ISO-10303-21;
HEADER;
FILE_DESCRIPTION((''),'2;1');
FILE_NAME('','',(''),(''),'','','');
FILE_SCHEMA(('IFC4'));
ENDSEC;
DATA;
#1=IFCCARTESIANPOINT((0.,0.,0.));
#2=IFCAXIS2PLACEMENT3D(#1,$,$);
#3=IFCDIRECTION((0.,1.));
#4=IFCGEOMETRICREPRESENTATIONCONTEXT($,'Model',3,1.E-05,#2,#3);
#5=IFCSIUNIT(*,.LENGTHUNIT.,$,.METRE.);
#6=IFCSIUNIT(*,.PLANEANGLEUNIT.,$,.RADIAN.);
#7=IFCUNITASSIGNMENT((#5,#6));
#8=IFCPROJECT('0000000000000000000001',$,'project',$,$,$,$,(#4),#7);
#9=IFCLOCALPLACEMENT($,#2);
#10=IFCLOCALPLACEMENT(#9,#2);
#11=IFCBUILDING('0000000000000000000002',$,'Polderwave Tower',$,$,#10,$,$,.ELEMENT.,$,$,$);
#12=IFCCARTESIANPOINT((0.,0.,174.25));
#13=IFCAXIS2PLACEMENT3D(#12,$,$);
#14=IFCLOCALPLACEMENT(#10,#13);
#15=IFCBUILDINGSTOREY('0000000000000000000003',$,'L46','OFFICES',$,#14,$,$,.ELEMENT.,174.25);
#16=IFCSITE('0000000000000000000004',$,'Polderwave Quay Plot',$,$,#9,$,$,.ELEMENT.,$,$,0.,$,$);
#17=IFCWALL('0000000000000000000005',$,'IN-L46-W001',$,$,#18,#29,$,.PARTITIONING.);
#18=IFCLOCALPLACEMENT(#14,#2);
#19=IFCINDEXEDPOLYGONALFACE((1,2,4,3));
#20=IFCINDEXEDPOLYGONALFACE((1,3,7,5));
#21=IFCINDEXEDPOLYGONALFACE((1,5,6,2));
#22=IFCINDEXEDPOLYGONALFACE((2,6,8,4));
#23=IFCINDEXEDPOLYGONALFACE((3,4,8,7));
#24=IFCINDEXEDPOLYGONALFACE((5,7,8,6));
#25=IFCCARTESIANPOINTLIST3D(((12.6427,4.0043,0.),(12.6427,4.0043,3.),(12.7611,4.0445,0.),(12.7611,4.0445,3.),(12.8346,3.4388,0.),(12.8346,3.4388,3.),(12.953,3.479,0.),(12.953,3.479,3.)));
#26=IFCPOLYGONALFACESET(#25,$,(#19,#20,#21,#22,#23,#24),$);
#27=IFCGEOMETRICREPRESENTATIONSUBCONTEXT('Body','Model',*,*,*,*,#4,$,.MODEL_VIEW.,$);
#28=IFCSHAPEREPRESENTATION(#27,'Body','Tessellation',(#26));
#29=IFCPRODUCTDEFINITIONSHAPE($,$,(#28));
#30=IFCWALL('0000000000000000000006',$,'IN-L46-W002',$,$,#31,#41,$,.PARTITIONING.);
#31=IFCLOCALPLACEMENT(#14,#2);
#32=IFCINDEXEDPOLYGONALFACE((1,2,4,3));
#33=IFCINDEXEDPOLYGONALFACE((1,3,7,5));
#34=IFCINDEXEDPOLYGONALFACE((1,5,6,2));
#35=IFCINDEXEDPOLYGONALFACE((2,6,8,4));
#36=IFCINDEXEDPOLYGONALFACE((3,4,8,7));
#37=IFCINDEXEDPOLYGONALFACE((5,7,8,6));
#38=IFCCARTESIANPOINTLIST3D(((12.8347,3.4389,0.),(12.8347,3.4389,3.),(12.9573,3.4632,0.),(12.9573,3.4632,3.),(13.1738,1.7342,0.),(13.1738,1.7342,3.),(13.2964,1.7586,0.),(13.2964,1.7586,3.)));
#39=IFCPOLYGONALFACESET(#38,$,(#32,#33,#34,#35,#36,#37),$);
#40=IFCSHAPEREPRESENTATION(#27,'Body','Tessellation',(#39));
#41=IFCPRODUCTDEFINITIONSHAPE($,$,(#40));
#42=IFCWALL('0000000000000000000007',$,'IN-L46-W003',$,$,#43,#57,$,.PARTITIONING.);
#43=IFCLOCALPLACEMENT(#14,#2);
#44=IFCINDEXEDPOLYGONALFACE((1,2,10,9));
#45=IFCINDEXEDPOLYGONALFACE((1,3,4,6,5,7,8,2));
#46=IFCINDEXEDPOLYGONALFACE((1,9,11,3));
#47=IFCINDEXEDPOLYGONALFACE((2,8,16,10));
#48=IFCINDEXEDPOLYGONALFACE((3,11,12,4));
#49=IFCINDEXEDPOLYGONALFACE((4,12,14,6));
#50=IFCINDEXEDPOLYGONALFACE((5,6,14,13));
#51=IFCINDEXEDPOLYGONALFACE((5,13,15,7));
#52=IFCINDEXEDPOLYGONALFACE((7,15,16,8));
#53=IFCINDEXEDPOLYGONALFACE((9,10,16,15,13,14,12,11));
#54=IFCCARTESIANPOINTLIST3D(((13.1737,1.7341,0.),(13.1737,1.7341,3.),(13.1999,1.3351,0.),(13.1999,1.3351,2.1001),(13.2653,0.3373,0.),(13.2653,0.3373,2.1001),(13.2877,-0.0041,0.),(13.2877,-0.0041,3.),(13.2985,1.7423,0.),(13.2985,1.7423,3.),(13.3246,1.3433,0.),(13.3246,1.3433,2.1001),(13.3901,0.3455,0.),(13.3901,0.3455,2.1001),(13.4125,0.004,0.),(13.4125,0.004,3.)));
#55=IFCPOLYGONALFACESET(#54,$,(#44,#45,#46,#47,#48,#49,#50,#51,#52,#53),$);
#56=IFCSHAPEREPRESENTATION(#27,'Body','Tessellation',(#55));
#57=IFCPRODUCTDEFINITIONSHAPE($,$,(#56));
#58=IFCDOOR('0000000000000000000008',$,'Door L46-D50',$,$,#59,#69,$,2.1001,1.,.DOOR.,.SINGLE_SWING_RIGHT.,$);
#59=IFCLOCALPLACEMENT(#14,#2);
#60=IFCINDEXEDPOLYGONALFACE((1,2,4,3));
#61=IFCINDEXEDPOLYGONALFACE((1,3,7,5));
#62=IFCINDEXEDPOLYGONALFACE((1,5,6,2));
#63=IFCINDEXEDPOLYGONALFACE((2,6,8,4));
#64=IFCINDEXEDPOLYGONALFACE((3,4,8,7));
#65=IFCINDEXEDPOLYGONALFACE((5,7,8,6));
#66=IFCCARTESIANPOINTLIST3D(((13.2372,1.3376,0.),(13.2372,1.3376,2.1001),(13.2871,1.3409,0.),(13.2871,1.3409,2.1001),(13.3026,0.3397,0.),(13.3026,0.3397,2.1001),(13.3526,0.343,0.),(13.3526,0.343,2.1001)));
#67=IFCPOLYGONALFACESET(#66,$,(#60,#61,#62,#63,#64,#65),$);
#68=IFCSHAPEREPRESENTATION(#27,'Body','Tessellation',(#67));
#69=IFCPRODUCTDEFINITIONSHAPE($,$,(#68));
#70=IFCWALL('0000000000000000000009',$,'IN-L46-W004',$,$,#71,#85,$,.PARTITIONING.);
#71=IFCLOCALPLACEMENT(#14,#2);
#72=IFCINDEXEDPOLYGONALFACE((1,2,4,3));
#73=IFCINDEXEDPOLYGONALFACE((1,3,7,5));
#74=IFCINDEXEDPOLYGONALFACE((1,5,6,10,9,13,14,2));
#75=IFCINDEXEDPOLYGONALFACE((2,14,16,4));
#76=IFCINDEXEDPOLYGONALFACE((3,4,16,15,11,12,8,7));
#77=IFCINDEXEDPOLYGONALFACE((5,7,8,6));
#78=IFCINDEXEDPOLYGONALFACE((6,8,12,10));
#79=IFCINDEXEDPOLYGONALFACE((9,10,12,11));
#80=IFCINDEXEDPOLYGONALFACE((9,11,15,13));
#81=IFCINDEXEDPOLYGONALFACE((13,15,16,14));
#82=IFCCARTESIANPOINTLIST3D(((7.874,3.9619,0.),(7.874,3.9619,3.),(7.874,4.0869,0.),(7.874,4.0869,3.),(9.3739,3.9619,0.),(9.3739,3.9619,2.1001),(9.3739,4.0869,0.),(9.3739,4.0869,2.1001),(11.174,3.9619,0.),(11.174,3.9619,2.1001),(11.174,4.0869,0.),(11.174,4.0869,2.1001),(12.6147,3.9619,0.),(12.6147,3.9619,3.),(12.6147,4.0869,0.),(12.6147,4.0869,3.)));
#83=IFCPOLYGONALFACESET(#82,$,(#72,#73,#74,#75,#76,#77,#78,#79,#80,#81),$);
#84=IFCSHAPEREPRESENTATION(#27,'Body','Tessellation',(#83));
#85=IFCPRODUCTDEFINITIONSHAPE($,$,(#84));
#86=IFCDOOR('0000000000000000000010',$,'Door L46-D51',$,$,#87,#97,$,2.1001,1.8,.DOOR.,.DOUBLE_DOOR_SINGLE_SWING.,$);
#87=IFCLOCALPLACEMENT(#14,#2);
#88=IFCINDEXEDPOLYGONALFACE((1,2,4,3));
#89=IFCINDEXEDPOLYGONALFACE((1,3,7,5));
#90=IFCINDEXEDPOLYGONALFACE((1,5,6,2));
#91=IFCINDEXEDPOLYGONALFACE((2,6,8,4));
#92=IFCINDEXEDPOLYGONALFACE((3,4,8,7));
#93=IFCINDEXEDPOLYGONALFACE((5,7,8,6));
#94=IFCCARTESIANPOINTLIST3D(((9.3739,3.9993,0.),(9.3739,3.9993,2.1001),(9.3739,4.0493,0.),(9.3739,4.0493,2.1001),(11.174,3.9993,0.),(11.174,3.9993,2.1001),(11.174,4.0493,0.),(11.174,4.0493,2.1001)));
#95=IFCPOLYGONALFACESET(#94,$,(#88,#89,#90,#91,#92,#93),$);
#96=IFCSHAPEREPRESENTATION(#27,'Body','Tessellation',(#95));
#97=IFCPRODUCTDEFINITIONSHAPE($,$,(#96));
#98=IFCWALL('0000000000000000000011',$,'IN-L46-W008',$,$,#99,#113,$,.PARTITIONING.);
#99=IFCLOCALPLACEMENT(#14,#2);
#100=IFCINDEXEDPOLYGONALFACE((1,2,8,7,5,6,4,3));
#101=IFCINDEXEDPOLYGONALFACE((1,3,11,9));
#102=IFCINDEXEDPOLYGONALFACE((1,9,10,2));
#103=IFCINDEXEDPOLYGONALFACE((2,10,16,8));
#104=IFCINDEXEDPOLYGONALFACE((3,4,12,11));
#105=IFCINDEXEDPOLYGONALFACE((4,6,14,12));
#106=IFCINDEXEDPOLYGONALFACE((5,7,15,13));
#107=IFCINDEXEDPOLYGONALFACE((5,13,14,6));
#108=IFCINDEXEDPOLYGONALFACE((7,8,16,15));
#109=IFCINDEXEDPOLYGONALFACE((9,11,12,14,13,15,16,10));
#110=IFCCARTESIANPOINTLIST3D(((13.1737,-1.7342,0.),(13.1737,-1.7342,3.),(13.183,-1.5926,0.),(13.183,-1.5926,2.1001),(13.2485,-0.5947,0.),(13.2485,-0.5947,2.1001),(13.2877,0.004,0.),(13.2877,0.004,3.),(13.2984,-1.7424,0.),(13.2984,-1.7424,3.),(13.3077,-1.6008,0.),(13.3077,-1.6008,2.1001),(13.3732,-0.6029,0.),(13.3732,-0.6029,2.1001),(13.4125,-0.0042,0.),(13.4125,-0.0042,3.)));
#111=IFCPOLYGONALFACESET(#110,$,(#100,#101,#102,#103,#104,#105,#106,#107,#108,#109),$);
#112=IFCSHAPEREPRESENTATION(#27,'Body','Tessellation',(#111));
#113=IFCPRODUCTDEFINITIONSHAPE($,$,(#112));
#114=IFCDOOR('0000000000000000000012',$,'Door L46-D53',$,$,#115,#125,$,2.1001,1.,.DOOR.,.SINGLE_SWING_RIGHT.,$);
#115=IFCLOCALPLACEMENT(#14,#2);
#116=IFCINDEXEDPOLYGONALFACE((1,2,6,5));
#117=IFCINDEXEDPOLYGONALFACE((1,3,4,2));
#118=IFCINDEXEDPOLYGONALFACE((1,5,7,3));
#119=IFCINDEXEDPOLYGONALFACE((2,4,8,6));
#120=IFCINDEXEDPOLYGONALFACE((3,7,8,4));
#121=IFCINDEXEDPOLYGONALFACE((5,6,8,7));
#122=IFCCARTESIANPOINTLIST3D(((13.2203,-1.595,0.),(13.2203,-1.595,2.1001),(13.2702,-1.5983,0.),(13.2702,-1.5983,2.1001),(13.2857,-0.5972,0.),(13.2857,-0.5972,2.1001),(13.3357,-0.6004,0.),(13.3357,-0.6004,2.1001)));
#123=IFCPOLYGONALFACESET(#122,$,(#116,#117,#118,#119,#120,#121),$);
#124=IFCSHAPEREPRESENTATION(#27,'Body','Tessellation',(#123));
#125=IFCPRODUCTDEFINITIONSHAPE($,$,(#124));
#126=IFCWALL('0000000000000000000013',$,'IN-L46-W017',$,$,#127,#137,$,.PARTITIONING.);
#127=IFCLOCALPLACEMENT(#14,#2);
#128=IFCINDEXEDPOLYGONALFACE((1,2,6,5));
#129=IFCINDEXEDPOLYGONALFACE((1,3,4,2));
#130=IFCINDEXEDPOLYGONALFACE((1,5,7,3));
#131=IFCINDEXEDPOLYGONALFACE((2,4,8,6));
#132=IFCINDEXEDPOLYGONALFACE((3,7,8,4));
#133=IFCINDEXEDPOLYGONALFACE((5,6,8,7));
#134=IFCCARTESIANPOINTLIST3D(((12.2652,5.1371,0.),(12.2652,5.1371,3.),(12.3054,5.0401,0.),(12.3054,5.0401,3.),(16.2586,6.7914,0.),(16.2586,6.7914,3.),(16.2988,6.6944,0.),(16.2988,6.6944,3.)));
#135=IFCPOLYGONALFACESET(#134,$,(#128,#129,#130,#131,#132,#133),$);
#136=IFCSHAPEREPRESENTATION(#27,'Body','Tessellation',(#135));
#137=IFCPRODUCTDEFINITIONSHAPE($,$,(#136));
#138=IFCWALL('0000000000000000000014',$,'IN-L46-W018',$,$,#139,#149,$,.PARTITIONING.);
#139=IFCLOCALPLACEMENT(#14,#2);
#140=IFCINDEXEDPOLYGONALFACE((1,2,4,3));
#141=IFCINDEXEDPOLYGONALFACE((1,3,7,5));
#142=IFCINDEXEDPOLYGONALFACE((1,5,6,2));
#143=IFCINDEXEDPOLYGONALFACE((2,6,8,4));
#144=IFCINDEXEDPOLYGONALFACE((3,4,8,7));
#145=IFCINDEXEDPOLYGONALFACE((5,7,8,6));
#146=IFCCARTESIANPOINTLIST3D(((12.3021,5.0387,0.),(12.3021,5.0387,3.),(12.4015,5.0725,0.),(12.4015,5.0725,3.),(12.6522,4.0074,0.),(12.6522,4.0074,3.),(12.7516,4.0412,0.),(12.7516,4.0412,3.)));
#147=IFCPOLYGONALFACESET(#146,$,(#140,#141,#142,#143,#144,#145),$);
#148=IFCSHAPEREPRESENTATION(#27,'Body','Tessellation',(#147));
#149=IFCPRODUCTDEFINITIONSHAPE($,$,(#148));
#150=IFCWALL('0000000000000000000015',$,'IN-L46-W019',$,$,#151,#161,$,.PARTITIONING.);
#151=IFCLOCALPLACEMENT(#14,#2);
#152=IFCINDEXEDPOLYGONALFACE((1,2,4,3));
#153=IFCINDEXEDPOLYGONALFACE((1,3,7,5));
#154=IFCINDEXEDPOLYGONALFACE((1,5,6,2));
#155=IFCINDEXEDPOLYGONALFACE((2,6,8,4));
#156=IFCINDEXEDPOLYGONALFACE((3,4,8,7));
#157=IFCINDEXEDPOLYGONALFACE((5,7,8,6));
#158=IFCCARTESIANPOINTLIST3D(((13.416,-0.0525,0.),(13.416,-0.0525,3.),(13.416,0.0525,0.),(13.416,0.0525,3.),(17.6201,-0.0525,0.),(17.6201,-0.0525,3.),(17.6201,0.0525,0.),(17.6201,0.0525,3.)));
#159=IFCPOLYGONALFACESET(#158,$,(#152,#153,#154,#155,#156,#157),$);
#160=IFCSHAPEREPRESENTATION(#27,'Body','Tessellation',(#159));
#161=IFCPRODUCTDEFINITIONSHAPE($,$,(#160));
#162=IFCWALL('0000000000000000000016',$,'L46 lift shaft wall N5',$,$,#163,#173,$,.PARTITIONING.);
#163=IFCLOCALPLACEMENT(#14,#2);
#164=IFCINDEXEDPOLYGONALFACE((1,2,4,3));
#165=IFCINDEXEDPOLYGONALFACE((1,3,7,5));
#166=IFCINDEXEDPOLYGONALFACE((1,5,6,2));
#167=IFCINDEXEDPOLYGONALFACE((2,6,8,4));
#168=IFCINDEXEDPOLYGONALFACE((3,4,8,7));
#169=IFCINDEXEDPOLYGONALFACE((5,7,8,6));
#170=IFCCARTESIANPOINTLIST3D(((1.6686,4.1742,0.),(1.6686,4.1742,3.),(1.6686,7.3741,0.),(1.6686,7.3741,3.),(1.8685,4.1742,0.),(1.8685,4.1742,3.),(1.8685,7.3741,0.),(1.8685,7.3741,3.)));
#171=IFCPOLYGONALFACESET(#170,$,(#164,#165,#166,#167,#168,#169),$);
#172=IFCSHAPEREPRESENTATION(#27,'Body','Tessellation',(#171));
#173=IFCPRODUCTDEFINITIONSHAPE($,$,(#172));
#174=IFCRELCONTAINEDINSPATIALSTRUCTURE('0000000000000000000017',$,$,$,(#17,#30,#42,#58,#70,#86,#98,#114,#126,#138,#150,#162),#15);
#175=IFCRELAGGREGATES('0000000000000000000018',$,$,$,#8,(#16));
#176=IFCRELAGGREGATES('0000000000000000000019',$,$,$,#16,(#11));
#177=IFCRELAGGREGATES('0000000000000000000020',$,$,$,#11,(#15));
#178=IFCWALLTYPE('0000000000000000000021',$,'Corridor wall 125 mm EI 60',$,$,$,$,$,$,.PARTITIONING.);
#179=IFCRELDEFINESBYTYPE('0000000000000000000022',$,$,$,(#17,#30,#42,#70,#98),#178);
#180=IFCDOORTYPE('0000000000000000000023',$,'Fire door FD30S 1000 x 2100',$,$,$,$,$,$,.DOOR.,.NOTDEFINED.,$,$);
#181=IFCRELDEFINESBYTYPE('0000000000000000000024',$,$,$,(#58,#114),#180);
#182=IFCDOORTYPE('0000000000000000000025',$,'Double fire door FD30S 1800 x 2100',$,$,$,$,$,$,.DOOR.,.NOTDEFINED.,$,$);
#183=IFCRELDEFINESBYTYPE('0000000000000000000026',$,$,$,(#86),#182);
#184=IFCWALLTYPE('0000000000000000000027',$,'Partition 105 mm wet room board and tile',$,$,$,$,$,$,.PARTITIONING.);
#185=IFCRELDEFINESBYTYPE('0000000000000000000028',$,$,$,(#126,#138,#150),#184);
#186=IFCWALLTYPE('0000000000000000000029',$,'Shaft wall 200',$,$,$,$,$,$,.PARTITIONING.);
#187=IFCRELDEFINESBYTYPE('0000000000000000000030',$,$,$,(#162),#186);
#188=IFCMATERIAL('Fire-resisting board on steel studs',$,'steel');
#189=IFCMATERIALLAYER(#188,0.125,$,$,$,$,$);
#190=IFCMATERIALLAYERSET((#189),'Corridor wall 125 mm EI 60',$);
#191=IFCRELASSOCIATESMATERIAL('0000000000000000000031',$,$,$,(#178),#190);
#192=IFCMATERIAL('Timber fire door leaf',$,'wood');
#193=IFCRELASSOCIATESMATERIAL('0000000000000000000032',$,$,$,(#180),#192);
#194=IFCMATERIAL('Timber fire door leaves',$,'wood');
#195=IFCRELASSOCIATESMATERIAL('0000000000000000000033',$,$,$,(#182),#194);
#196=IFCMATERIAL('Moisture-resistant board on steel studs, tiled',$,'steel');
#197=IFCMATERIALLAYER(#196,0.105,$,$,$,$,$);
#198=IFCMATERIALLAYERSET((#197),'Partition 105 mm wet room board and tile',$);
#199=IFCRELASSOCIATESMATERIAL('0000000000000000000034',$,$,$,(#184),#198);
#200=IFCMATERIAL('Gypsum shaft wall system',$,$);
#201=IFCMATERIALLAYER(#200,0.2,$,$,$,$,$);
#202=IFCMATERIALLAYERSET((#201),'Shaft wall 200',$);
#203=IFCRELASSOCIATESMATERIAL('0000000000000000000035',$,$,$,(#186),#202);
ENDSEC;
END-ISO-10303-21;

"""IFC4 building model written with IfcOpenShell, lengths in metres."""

from ifc_helpers import new_model, si_unit, direction, frame, frame_2d, origin, place, context, subcontext, project, spatial, rectangle, extrude, material, layer, layer_set, type_object, element, fill, save


model = new_model("IFC4")

# Units and contexts
model_context = context("Model", 3, precision=1e-05, world=origin(), true_north=direction((0.0, 1.0)))
body_context = subcontext(model_context, "Body", "Model", "MODEL_VIEW")
ifc_project = project(units=[si_unit("LENGTHUNIT", "METRE"), si_unit("PLANEANGLEUNIT", "RADIAN")], contexts=[model_context])

# Site, building, storey
site_placement = place(None, origin())
site = spatial("IfcSite", under=ifc_project, at=site_placement, Name="Polderwave Quay Plot", CompositionType="ELEMENT", RefElevation=0.0)
building_placement = place(site_placement, origin())
building = spatial("IfcBuilding", under=site, at=building_placement, Name="Polderwave Tower", CompositionType="ELEMENT")
storey_placement = place(building_placement, frame((0.0, 0.0, 174.25)))
storey = spatial("IfcBuildingStorey", under=building, at=storey_placement, Name="L46", Description="OFFICES", CompositionType="ELEMENT", Elevation=174.25)

# Walls
ifc_material_1 = material(Name="Fire-resisting board on steel studs", Category="steel")
ifc_layer_1 = layer(ifc_material_1, 0.125)
ifc_layer_set_1 = layer_set([ifc_layer_1], Name="Corridor wall 125 mm EI 60")
wall_type_1 = type_object("IfcWallType", Name="Corridor wall 125 mm EI 60", PredefinedType="PARTITIONING", material=ifc_layer_set_1)
wall_1_placement = place(storey_placement, frame((12.7019, 4.0244, 0.0), z_axis=(0.0, 0.0, 1.0), x_axis=(0.321375, -0.946952, 0.0)))
element("IfcWall", 1, at=wall_1_placement, inside=storey, type_object=wall_type_1, Name="IN-L46-W001", PredefinedType="PARTITIONING", context=body_context, shape_type="SweptSolid", body=[
    extrude(rectangle(XDim=0.5972, YDim=0.125, at=frame_2d((0.2986, 0.0))), origin(), (0.0, 0.0, 1.0), 3.0),
])
wall_2_placement = place(storey_placement, frame((12.896, 3.4512, 0.0), z_axis=(0.0, 0.0, 1.0), x_axis=(0.195117, -0.98078, 0.0)))
element("IfcWall", 2, at=wall_2_placement, inside=storey, type_object=wall_type_1, Name="IN-L46-W002", PredefinedType="PARTITIONING", context=body_context, shape_type="SweptSolid", body=[
    extrude(rectangle(XDim=1.738, YDim=0.125, at=frame_2d((0.8691, 0.0))), origin(), (0.0, 0.0, 1.0), 3.0),
])

# Walls, openings, doors
wall_3_placement = place(storey_placement, frame((13.2361, 1.7383, 0.0), z_axis=(0.0, 0.0, 1.0), x_axis=(0.065449, -0.997856, 0.0)))
wall_3 = element("IfcWall", 3, at=wall_3_placement, inside=storey, type_object=wall_type_1, Name="IN-L46-W003", PredefinedType="PARTITIONING", context=body_context, shape_type="SweptSolid", body=[
    extrude(rectangle(XDim=1.7419, YDim=0.125, at=frame_2d((0.8711, 0.0))), origin(), (0.0, 0.0, 1.0), 3.0),
])
opening_1_placement = place(wall_3_placement, frame((0.3999, 0.0, 0.0)))
opening_1 = element("IfcOpeningElement", 4, at=opening_1_placement, cuts=wall_3, PredefinedType="OPENING", context=body_context, shape_type="SweptSolid", body=[
    extrude(rectangle(XDim=1.0, YDim=2.1001, at=frame_2d((0.5, 1.05))), frame((0.0, 0.0725, 0.0), z_axis=(0.0, -1.0, 0.0), x_axis=(1.0, 0.0, 0.0)), (0.0, 0.0, 1.0), 0.145),
])
ifc_material_2 = material(Name="Timber fire door leaf", Category="wood")
door_type_1 = type_object("IfcDoorType", Name="Fire door FD30S 1000 x 2100", OperationType="NOTDEFINED", PredefinedType="DOOR", material=ifc_material_2)
door_1_placement = place(opening_1_placement, origin())
door_1 = element("IfcDoor", 5, at=door_1_placement, inside=storey, type_object=door_type_1, Name="Door L46-D50", OperationType="SINGLE_SWING_RIGHT", OverallHeight=2.1001, OverallWidth=1.0, PredefinedType="DOOR", context=body_context, shape_type="SweptSolid", body=[
    extrude(rectangle(XDim=1.0, YDim=2.1001, at=frame_2d((0.5, 1.05))), frame((0.0, 0.0249, 0.0), z_axis=(0.0, -1.0, 0.0), x_axis=(1.0, 0.0, 0.0)), (0.0, 0.0, 1.0), 0.05),
])
fill(opening_1, door_1)
wall_4_placement = place(storey_placement, frame((7.874, 4.0244, 0.0), z_axis=(0.0, 0.0, 1.0), x_axis=(1.0, 0.0, 0.0)))
wall_4 = element("IfcWall", 6, at=wall_4_placement, inside=storey, type_object=wall_type_1, Name="IN-L46-W004", PredefinedType="PARTITIONING", context=body_context, shape_type="SweptSolid", body=[
    extrude(rectangle(XDim=4.7407, YDim=0.125, at=frame_2d((2.3704, 0.0))), origin(), (0.0, 0.0, 1.0), 3.0),
])
opening_2_placement = place(wall_4_placement, frame((1.5, 0.0, 0.0)))
opening_2 = element("IfcOpeningElement", 7, at=opening_2_placement, cuts=wall_4, PredefinedType="OPENING", context=body_context, shape_type="SweptSolid", body=[
    extrude(rectangle(XDim=1.8, YDim=2.1001, at=frame_2d((0.8999, 1.05))), frame((0.0, 0.0725, 0.0), z_axis=(0.0, -1.0, 0.0), x_axis=(1.0, 0.0, 0.0)), (0.0, 0.0, 1.0), 0.145),
])
ifc_material_3 = material(Name="Timber fire door leaves", Category="wood")
door_type_2 = type_object("IfcDoorType", Name="Double fire door FD30S 1800 x 2100", OperationType="NOTDEFINED", PredefinedType="DOOR", material=ifc_material_3)
door_2_placement = place(opening_2_placement, origin())
door_2 = element("IfcDoor", 8, at=door_2_placement, inside=storey, type_object=door_type_2, Name="Door L46-D51", OperationType="DOUBLE_DOOR_SINGLE_SWING", OverallHeight=2.1001, OverallWidth=1.8, PredefinedType="DOOR", context=body_context, shape_type="SweptSolid", body=[
    extrude(rectangle(XDim=1.8, YDim=2.1001, at=frame_2d((0.8999, 1.05))), frame((0.0, 0.0249, 0.0), z_axis=(0.0, -1.0, 0.0), x_axis=(1.0, 0.0, 0.0)), (0.0, 0.0, 1.0), 0.05),
])
fill(opening_2, door_2)
wall_5_placement = place(storey_placement, frame((13.3501, 0.0, 0.0), z_axis=(0.0, 0.0, 1.0), x_axis=(-0.065449, -0.997856, 0.0)))
wall_5 = element("IfcWall", 9, at=wall_5_placement, inside=storey, type_object=wall_type_1, Name="IN-L46-W008", PredefinedType="PARTITIONING", context=body_context, shape_type="SweptSolid", body=[
    extrude(rectangle(XDim=1.7419, YDim=0.125, at=frame_2d((0.8711, 0.0))), origin(), (0.0, 0.0, 1.0), 3.0),
])
opening_3_placement = place(wall_5_placement, frame((0.6001, 0.0, 0.0)))
opening_3 = element("IfcOpeningElement", 10, at=opening_3_placement, cuts=wall_5, PredefinedType="OPENING", context=body_context, shape_type="SweptSolid", body=[
    extrude(rectangle(XDim=1.0, YDim=2.1001, at=frame_2d((0.5, 1.05))), frame((0.0, 0.0725, 0.0), z_axis=(0.0, -1.0, 0.0), x_axis=(1.0, 0.0, 0.0)), (0.0, 0.0, 1.0), 0.145),
])
door_3_placement = place(opening_3_placement, origin())
door_3 = element("IfcDoor", 11, at=door_3_placement, inside=storey, type_object=door_type_1, Name="Door L46-D53", OperationType="SINGLE_SWING_RIGHT", OverallHeight=2.1001, OverallWidth=1.0, PredefinedType="DOOR", context=body_context, shape_type="SweptSolid", body=[
    extrude(rectangle(XDim=1.0, YDim=2.1001, at=frame_2d((0.5, 1.05))), frame((0.0, 0.0249, 0.0), z_axis=(0.0, -1.0, 0.0), x_axis=(1.0, 0.0, 0.0)), (0.0, 0.0, 1.0), 0.05),
])
fill(opening_3, door_3)

# Walls
ifc_material_4 = material(Name="Moisture-resistant board on steel studs, tiled", Category="steel")
ifc_layer_2 = layer(ifc_material_4, 0.105)
ifc_layer_set_2 = layer_set([ifc_layer_2], Name="Partition 105 mm wet room board and tile")
wall_type_2 = type_object("IfcWallType", Name="Partition 105 mm wet room board and tile", PredefinedType="PARTITIONING", material=ifc_layer_set_2)
wall_6_placement = place(storey_placement, frame((12.2854, 5.0886, 0.0), z_axis=(0.0, 0.0, 1.0), x_axis=(0.923865, 0.382718, 0.0)))
element("IfcWall", 12, at=wall_6_placement, inside=storey, type_object=wall_type_2, Name="IN-L46-W017", PredefinedType="PARTITIONING", context=body_context, shape_type="SweptSolid", body=[
    extrude(rectangle(XDim=4.3225, YDim=0.105, at=frame_2d((2.1611, 0.0))), origin(), (0.0, 0.0, 1.0), 3.0),
])
wall_7_placement = place(storey_placement, frame((12.7019, 4.0244, 0.0), z_axis=(0.0, 0.0, 1.0), x_axis=(-0.321469, 0.94692, 0.0)))
element("IfcWall", 13, at=wall_7_placement, inside=storey, type_object=wall_type_2, Name="IN-L46-W018", PredefinedType="PARTITIONING", context=body_context, shape_type="SweptSolid", body=[
    extrude(rectangle(XDim=1.0891, YDim=0.105, at=frame_2d((0.5444, 0.0))), origin(), (0.0, 0.0, 1.0), 3.0),
])
wall_8_placement = place(storey_placement, frame((17.6201, 0.0, 0.0), z_axis=(0.0, 0.0, 1.0), x_axis=(-1.0, 0.0, 0.0)))
element("IfcWall", 14, at=wall_8_placement, inside=storey, type_object=wall_type_2, Name="IN-L46-W019", PredefinedType="PARTITIONING", context=body_context, shape_type="SweptSolid", body=[
    extrude(rectangle(XDim=4.2041, YDim=0.105, at=frame_2d((2.1021, 0.0))), origin(), (0.0, 0.0, 1.0), 3.0),
])
ifc_material_5 = material(Name="Gypsum shaft wall system")
ifc_layer_3 = layer(ifc_material_5, 0.2)
ifc_layer_set_3 = layer_set([ifc_layer_3], Name="Shaft wall 200")
wall_type_3 = type_object("IfcWallType", Name="Shaft wall 200", PredefinedType="PARTITIONING", material=ifc_layer_set_3)
for number, where, z_axis, x_axis, name in (
    (15, (1.7686, 4.1741, 0.0), (0.0, 0.0, 1.0), (0.0, 1.0, 0.0), "L46 lift shaft wall N5"),
):
    element("IfcWall", number, at=place(storey_placement, frame(where, z_axis=z_axis, x_axis=x_axis)), inside=storey, type_object=wall_type_3, Name=name, PredefinedType="PARTITIONING", context=body_context, shape_type="SweptSolid", body=[
        extrude(rectangle(XDim=3.2, YDim=0.2, at=frame_2d((1.6001, 0.0))), origin(), (0.0, 0.0, 1.0), 3.0),
    ])

save(model, "model.ifc")
